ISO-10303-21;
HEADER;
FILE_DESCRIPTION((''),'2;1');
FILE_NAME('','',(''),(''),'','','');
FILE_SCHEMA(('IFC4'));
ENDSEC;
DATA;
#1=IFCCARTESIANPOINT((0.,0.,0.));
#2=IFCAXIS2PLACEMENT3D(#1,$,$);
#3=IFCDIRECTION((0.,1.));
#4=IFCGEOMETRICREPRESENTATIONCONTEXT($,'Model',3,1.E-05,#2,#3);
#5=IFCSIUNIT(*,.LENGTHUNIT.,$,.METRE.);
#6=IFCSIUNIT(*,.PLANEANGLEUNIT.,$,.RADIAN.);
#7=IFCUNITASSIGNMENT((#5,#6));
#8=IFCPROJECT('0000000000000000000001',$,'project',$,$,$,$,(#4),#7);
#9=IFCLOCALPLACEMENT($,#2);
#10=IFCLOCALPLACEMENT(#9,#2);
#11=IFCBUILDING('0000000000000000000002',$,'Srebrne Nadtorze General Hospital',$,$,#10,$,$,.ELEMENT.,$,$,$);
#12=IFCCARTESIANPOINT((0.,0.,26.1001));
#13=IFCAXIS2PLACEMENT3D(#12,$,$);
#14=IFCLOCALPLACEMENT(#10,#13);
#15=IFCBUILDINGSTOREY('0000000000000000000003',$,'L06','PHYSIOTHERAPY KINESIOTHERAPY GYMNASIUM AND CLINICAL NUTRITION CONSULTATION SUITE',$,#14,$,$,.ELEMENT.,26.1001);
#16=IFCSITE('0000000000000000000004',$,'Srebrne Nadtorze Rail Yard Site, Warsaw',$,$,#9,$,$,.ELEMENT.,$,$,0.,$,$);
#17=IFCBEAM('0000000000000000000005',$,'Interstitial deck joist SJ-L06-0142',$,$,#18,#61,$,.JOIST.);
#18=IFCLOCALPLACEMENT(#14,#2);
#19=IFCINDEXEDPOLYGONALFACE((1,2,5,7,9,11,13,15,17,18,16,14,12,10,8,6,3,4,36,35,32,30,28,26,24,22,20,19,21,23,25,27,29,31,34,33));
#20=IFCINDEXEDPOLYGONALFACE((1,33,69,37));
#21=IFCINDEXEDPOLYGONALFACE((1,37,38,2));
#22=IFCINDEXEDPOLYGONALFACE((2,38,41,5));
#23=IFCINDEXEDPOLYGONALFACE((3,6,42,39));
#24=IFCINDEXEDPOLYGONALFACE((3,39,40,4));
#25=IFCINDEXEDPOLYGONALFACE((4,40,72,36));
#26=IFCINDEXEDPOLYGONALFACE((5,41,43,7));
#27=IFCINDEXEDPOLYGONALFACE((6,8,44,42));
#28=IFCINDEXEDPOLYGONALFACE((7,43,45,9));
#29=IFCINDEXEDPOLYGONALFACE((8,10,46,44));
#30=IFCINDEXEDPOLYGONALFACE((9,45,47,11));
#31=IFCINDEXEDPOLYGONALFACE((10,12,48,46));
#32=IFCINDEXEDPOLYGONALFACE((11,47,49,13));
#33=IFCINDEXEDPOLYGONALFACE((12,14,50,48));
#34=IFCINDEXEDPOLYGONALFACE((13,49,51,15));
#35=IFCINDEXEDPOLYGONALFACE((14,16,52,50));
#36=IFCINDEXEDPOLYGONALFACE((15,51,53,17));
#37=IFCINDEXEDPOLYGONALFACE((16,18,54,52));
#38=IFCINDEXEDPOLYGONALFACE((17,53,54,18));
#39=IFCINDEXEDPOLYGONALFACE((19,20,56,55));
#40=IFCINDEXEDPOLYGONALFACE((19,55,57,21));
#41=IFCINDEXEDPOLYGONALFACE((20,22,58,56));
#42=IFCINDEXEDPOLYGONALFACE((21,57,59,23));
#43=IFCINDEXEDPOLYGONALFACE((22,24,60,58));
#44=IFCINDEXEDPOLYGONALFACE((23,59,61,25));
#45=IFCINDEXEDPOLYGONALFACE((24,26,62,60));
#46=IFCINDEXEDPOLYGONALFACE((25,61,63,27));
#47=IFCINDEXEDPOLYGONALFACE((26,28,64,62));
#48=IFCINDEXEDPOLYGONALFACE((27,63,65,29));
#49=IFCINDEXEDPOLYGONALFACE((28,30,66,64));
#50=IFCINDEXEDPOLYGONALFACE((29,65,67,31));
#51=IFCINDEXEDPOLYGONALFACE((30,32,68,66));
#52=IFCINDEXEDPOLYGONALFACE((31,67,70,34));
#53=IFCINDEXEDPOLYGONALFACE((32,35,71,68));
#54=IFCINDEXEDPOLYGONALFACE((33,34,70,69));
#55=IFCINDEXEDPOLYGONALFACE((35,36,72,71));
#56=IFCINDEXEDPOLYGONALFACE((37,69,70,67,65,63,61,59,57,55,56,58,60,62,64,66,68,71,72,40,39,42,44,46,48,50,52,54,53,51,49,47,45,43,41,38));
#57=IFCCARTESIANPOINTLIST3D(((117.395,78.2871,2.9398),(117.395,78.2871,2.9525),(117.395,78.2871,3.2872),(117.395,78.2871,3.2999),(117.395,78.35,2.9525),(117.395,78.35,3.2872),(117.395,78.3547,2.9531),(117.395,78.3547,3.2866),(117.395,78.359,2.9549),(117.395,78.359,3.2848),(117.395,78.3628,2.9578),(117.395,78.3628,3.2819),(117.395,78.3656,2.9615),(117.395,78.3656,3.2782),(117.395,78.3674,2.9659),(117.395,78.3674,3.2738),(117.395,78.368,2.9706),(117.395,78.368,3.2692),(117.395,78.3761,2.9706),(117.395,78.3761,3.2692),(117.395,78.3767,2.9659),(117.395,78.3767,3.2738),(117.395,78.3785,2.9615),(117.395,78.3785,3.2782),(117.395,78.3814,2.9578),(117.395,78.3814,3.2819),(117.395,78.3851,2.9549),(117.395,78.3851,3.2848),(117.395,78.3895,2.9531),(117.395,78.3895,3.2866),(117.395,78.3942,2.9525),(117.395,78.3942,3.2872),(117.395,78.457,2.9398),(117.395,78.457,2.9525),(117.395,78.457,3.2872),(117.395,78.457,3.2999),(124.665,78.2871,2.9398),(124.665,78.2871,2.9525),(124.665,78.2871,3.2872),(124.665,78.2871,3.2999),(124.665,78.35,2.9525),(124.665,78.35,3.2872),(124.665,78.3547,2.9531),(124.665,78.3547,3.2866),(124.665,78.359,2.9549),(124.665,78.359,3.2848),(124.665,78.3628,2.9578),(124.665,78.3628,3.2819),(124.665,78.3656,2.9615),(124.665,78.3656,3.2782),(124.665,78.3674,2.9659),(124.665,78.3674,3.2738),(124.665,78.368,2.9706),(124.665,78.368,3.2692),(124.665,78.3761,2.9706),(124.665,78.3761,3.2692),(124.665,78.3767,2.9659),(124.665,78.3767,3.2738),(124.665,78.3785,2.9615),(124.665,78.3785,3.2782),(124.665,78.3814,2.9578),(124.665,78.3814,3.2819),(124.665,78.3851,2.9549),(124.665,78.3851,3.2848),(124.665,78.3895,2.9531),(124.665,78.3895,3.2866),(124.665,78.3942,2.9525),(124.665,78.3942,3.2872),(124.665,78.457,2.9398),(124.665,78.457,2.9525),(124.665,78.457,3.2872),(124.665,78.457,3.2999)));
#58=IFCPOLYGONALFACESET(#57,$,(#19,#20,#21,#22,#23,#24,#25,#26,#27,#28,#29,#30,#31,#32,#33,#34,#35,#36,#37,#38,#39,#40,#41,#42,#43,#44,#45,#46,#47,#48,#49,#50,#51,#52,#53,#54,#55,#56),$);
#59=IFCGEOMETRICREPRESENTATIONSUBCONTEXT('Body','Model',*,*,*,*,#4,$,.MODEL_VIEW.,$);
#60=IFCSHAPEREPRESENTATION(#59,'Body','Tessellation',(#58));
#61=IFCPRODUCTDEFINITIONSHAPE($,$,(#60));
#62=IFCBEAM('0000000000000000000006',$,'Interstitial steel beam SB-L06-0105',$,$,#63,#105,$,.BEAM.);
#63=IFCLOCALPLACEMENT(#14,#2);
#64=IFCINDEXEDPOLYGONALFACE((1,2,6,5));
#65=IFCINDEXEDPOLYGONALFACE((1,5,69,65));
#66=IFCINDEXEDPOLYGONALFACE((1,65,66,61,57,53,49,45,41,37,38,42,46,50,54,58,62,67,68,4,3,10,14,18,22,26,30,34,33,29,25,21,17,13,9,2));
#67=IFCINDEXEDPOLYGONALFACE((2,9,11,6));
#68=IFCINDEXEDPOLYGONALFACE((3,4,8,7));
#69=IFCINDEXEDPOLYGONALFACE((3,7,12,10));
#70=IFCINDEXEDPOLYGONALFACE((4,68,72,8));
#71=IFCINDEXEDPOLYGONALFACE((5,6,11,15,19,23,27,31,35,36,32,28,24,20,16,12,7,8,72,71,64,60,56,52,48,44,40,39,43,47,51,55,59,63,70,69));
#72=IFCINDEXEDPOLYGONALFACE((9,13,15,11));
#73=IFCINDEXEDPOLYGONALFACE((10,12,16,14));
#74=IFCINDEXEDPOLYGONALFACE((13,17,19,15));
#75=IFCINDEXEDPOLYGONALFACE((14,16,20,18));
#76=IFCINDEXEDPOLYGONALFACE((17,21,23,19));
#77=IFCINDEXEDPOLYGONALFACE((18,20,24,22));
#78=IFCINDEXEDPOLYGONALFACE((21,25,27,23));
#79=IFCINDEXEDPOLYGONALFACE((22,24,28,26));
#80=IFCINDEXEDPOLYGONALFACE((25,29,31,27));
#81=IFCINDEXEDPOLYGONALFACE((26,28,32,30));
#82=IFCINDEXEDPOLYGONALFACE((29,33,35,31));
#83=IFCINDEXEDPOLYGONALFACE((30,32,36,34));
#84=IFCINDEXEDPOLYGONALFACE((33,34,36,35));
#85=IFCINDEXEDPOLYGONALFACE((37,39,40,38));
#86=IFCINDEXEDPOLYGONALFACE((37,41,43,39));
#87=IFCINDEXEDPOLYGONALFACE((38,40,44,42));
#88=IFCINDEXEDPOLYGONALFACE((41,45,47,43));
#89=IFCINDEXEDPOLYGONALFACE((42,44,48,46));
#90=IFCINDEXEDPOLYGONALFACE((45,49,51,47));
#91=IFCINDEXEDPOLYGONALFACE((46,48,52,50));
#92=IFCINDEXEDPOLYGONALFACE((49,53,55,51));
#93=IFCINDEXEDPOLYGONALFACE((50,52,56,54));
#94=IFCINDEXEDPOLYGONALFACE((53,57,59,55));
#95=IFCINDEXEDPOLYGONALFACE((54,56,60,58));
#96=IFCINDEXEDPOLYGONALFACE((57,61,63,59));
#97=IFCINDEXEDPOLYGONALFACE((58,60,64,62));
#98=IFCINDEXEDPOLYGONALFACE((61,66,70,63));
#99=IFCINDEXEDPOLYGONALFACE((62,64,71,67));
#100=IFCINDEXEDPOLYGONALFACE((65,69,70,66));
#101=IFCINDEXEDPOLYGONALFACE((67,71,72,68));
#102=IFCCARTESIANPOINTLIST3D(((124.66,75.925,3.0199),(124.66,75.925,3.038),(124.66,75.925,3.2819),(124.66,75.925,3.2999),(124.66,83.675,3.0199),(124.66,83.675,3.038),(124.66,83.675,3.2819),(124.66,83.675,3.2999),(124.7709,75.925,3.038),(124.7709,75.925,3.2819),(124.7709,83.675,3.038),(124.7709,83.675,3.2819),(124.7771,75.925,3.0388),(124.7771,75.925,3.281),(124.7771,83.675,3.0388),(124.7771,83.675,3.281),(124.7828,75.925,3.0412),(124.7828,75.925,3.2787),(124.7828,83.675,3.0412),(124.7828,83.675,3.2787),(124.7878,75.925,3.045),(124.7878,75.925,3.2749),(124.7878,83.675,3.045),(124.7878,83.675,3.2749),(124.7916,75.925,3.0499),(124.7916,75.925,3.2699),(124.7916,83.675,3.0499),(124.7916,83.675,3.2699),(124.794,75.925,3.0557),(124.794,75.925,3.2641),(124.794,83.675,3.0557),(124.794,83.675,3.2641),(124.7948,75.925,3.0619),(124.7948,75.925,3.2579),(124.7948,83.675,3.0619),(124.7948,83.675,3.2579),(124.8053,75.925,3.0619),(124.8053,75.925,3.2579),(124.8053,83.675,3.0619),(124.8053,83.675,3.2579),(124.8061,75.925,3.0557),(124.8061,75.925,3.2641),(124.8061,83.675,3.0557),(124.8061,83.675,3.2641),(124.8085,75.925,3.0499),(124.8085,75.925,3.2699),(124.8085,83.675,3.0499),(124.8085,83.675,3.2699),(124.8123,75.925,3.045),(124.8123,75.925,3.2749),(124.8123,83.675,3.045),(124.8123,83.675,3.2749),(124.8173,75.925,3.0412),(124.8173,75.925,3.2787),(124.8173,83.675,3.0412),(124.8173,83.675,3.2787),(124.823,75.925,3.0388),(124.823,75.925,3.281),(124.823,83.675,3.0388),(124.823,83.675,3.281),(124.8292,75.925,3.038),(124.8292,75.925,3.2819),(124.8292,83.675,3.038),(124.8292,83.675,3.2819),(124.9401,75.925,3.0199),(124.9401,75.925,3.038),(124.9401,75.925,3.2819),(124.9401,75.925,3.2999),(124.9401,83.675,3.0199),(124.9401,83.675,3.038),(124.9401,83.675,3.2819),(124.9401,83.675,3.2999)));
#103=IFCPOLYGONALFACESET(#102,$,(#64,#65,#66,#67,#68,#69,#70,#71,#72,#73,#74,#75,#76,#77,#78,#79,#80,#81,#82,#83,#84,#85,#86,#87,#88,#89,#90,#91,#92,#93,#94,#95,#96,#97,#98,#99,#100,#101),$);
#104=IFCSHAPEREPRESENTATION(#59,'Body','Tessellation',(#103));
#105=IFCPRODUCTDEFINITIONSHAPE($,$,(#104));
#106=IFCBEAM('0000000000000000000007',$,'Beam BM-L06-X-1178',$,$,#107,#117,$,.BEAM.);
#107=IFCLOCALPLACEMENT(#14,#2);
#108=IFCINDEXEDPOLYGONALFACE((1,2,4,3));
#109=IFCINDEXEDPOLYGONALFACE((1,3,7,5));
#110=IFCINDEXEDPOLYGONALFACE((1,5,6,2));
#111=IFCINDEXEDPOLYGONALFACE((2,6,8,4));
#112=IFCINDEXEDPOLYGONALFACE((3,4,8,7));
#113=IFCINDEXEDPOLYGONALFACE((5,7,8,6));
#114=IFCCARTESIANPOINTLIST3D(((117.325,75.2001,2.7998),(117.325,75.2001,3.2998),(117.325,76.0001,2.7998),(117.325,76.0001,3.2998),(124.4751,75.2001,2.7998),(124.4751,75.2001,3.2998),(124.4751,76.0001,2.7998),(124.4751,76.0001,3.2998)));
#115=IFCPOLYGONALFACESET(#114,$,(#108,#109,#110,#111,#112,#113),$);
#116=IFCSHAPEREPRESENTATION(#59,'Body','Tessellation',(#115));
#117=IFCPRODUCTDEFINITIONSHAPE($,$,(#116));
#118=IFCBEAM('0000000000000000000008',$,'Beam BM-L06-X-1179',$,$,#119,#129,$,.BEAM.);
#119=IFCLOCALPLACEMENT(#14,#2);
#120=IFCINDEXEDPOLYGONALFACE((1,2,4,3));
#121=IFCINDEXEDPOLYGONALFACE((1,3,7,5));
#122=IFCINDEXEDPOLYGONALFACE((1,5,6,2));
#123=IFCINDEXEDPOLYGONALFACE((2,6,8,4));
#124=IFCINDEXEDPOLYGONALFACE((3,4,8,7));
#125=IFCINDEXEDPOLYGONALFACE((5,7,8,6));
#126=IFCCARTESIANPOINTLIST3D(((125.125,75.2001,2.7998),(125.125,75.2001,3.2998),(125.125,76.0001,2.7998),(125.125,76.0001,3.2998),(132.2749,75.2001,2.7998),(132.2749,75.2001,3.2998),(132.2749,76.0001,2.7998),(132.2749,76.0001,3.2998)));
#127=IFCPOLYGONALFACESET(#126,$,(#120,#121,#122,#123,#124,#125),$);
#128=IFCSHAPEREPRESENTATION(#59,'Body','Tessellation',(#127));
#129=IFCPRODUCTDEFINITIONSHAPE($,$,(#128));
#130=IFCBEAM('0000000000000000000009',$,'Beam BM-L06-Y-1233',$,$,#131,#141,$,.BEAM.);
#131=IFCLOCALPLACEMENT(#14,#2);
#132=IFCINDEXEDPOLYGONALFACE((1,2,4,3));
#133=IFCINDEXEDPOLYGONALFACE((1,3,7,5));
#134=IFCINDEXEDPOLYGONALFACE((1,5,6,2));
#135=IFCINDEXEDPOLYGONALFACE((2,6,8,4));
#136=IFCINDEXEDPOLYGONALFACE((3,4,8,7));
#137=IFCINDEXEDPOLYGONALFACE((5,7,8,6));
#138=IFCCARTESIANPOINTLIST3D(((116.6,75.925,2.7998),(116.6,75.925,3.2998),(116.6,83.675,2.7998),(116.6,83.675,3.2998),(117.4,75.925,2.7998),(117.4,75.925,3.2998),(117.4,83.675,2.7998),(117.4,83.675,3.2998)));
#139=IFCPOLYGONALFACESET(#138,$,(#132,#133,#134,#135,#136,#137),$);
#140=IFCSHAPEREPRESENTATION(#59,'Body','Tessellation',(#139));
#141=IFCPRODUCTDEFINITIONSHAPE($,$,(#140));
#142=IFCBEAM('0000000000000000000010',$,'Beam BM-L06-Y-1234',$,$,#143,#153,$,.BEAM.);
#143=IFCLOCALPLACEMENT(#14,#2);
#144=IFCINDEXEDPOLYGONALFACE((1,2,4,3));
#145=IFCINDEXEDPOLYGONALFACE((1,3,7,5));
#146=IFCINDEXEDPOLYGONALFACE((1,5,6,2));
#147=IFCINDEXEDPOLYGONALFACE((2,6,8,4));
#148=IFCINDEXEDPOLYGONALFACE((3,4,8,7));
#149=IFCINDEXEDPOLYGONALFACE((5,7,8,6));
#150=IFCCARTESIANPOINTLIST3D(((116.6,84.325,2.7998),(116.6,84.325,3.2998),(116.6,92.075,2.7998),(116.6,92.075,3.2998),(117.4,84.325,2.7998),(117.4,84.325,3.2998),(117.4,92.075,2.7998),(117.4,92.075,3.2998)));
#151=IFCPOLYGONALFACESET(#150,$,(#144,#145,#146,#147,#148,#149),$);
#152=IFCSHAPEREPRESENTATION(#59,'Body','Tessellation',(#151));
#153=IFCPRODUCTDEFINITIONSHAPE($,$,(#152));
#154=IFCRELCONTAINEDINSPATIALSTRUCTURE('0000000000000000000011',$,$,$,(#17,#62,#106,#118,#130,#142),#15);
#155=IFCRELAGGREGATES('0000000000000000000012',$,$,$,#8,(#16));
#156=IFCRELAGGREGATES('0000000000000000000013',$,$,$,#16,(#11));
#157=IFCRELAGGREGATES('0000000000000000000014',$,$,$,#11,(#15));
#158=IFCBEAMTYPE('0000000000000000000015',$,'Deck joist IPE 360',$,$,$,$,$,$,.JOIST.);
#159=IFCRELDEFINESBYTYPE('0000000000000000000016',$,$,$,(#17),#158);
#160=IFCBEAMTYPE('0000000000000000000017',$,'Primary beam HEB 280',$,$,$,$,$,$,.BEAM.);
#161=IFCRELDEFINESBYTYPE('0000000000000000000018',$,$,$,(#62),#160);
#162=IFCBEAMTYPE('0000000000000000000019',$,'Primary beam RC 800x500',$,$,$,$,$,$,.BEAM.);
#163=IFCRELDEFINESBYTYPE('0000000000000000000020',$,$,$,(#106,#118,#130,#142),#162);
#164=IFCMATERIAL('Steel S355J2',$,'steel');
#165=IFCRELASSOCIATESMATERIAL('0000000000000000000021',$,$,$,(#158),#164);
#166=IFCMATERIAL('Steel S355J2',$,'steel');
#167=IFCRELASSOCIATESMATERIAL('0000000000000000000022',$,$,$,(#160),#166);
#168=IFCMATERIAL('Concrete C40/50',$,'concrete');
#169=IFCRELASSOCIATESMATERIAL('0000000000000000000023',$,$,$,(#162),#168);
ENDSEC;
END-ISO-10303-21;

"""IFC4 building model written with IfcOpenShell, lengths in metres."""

from ifc_helpers import new_model, si_unit, direction, frame, origin, origin_2d, place, context, subcontext, project, spatial, rectangle, i_section, extrude, material, material_profile, profile_set, type_object, element, save


model = new_model("IFC4")

# Units and contexts
model_context = context("Model", 3, precision=1e-05, world=origin(), true_north=direction((0.0, 1.0)))
body_context = subcontext(model_context, "Body", "Model", "MODEL_VIEW")
ifc_project = project(units=[si_unit("LENGTHUNIT", "METRE"), si_unit("PLANEANGLEUNIT", "RADIAN")], contexts=[model_context])

# Site, building, storey
site_placement = place(None, origin())
site = spatial("IfcSite", under=ifc_project, at=site_placement, Name="Srebrne Nadtorze Rail Yard Site, Warsaw", CompositionType="ELEMENT", RefElevation=0.0)
building_placement = place(site_placement, origin())
building = spatial("IfcBuilding", under=site, at=building_placement, Name="Srebrne Nadtorze General Hospital", CompositionType="ELEMENT")
storey_placement = place(building_placement, frame((0.0, 0.0, 26.1001)))
storey = spatial("IfcBuildingStorey", under=building, at=storey_placement, Name="L06", Description="PHYSIOTHERAPY KINESIOTHERAPY GYMNASIUM AND CLINICAL NUTRITION CONSULTATION SUITE", CompositionType="ELEMENT", Elevation=26.1001)

# Beams
ifc_material_1 = material(Name="Steel S355J2", Category="steel")
ifc_material_profile_1 = material_profile(ifc_material_1, i_section(OverallWidth=0.1699, OverallDepth=0.3601, WebThickness=0.0081, FlangeThickness=0.0127, FilletRadius=0.0181, at=origin_2d()), Name="IPE-360")
ifc_profile_set_1 = profile_set([ifc_material_profile_1], Name="Steel S355J2")
beam_type_1 = type_object("IfcBeamType", Name="Deck joist IPE 360", PredefinedType="JOIST", material=ifc_profile_set_1)
beam_1_placement = place(storey_placement, frame((117.395, 78.3721, 3.1199), z_axis=(1.0, 0.0, 0.0), x_axis=(0.0, 1.0, 0.0)))
element("IfcBeam", 1, at=beam_1_placement, inside=storey, type_object=beam_type_1, Name="Interstitial deck joist SJ-L06-0142", PredefinedType="JOIST", context=body_context, shape_type="SweptSolid", body=[
    extrude(i_section(OverallWidth=0.1699, OverallDepth=0.3601, WebThickness=0.0081, FlangeThickness=0.0127, FilletRadius=0.0181, at=origin_2d()), origin(), (0.0, 0.0, 1.0), 7.27),
])
ifc_material_2 = material(Name="Steel S355J2", Category="steel")
ifc_material_profile_2 = material_profile(ifc_material_2, i_section(OverallWidth=0.28, OverallDepth=0.28, WebThickness=0.0105, FlangeThickness=0.0181, FilletRadius=0.0239, at=origin_2d()), Name="HEB-280")
ifc_profile_set_2 = profile_set([ifc_material_profile_2], Name="Steel S355J2")
beam_type_2 = type_object("IfcBeamType", Name="Primary beam HEB 280", PredefinedType="BEAM", material=ifc_profile_set_2)
beam_2_placement = place(storey_placement, frame((124.8, 75.925, 3.1599), z_axis=(0.0, 1.0, 0.0), x_axis=(-1.0, 0.0, 0.0)))
element("IfcBeam", 2, at=beam_2_placement, inside=storey, type_object=beam_type_2, Name="Interstitial steel beam SB-L06-0105", PredefinedType="BEAM", context=body_context, shape_type="SweptSolid", body=[
    extrude(i_section(OverallWidth=0.28, OverallDepth=0.28, WebThickness=0.0105, FlangeThickness=0.0181, FilletRadius=0.0239, at=origin_2d()), origin(), (0.0, 0.0, 1.0), 7.75),
])
ifc_material_3 = material(Name="Concrete C40/50", Category="concrete")
ifc_material_profile_3 = material_profile(ifc_material_3, rectangle(XDim=0.8, YDim=0.5, at=origin_2d()), Name="RC-BM-800x500")
ifc_profile_set_3 = profile_set([ifc_material_profile_3], Name="Concrete C40/50")
beam_type_3 = type_object("IfcBeamType", Name="Primary beam RC 800x500", PredefinedType="BEAM", material=ifc_profile_set_3)
beam_3_placement = place(storey_placement, frame((117.325, 75.6001, 3.0498), z_axis=(1.0, 0.0, 0.0), x_axis=(0.0, 1.0, 0.0)))
element("IfcBeam", 3, at=beam_3_placement, inside=storey, type_object=beam_type_3, Name="Beam BM-L06-X-1178", PredefinedType="BEAM", context=body_context, shape_type="SweptSolid", body=[
    extrude(rectangle(XDim=0.8, YDim=0.5, at=origin_2d()), origin(), (0.0, 0.0, 1.0), 7.1501),
])
beam_4_placement = place(storey_placement, frame((125.125, 75.6001, 3.0498), z_axis=(1.0, 0.0, 0.0), x_axis=(0.0, 1.0, 0.0)))
element("IfcBeam", 4, at=beam_4_placement, inside=storey, type_object=beam_type_3, Name="Beam BM-L06-X-1179", PredefinedType="BEAM", context=body_context, shape_type="SweptSolid", body=[
    extrude(rectangle(XDim=0.8, YDim=0.5, at=origin_2d()), origin(), (0.0, 0.0, 1.0), 7.1499),
])
for number, where, z_axis, x_axis, name in (
    (5, (117.0, 75.925, 3.0498), (0.0, 1.0, 0.0), (-1.0, 0.0, 0.0), "Beam BM-L06-Y-1233"),
    (6, (117.0, 84.325, 3.0498), (0.0, 1.0, 0.0), (-1.0, 0.0, 0.0), "Beam BM-L06-Y-1234"),
):
    element("IfcBeam", number, at=place(storey_placement, frame(where, z_axis=z_axis, x_axis=x_axis)), inside=storey, type_object=beam_type_3, Name=name, PredefinedType="BEAM", context=body_context, shape_type="SweptSolid", body=[
        extrude(rectangle(XDim=0.8, YDim=0.5, at=origin_2d()), origin(), (0.0, 0.0, 1.0), 7.75),
    ])

save(model, "model.ifc")
